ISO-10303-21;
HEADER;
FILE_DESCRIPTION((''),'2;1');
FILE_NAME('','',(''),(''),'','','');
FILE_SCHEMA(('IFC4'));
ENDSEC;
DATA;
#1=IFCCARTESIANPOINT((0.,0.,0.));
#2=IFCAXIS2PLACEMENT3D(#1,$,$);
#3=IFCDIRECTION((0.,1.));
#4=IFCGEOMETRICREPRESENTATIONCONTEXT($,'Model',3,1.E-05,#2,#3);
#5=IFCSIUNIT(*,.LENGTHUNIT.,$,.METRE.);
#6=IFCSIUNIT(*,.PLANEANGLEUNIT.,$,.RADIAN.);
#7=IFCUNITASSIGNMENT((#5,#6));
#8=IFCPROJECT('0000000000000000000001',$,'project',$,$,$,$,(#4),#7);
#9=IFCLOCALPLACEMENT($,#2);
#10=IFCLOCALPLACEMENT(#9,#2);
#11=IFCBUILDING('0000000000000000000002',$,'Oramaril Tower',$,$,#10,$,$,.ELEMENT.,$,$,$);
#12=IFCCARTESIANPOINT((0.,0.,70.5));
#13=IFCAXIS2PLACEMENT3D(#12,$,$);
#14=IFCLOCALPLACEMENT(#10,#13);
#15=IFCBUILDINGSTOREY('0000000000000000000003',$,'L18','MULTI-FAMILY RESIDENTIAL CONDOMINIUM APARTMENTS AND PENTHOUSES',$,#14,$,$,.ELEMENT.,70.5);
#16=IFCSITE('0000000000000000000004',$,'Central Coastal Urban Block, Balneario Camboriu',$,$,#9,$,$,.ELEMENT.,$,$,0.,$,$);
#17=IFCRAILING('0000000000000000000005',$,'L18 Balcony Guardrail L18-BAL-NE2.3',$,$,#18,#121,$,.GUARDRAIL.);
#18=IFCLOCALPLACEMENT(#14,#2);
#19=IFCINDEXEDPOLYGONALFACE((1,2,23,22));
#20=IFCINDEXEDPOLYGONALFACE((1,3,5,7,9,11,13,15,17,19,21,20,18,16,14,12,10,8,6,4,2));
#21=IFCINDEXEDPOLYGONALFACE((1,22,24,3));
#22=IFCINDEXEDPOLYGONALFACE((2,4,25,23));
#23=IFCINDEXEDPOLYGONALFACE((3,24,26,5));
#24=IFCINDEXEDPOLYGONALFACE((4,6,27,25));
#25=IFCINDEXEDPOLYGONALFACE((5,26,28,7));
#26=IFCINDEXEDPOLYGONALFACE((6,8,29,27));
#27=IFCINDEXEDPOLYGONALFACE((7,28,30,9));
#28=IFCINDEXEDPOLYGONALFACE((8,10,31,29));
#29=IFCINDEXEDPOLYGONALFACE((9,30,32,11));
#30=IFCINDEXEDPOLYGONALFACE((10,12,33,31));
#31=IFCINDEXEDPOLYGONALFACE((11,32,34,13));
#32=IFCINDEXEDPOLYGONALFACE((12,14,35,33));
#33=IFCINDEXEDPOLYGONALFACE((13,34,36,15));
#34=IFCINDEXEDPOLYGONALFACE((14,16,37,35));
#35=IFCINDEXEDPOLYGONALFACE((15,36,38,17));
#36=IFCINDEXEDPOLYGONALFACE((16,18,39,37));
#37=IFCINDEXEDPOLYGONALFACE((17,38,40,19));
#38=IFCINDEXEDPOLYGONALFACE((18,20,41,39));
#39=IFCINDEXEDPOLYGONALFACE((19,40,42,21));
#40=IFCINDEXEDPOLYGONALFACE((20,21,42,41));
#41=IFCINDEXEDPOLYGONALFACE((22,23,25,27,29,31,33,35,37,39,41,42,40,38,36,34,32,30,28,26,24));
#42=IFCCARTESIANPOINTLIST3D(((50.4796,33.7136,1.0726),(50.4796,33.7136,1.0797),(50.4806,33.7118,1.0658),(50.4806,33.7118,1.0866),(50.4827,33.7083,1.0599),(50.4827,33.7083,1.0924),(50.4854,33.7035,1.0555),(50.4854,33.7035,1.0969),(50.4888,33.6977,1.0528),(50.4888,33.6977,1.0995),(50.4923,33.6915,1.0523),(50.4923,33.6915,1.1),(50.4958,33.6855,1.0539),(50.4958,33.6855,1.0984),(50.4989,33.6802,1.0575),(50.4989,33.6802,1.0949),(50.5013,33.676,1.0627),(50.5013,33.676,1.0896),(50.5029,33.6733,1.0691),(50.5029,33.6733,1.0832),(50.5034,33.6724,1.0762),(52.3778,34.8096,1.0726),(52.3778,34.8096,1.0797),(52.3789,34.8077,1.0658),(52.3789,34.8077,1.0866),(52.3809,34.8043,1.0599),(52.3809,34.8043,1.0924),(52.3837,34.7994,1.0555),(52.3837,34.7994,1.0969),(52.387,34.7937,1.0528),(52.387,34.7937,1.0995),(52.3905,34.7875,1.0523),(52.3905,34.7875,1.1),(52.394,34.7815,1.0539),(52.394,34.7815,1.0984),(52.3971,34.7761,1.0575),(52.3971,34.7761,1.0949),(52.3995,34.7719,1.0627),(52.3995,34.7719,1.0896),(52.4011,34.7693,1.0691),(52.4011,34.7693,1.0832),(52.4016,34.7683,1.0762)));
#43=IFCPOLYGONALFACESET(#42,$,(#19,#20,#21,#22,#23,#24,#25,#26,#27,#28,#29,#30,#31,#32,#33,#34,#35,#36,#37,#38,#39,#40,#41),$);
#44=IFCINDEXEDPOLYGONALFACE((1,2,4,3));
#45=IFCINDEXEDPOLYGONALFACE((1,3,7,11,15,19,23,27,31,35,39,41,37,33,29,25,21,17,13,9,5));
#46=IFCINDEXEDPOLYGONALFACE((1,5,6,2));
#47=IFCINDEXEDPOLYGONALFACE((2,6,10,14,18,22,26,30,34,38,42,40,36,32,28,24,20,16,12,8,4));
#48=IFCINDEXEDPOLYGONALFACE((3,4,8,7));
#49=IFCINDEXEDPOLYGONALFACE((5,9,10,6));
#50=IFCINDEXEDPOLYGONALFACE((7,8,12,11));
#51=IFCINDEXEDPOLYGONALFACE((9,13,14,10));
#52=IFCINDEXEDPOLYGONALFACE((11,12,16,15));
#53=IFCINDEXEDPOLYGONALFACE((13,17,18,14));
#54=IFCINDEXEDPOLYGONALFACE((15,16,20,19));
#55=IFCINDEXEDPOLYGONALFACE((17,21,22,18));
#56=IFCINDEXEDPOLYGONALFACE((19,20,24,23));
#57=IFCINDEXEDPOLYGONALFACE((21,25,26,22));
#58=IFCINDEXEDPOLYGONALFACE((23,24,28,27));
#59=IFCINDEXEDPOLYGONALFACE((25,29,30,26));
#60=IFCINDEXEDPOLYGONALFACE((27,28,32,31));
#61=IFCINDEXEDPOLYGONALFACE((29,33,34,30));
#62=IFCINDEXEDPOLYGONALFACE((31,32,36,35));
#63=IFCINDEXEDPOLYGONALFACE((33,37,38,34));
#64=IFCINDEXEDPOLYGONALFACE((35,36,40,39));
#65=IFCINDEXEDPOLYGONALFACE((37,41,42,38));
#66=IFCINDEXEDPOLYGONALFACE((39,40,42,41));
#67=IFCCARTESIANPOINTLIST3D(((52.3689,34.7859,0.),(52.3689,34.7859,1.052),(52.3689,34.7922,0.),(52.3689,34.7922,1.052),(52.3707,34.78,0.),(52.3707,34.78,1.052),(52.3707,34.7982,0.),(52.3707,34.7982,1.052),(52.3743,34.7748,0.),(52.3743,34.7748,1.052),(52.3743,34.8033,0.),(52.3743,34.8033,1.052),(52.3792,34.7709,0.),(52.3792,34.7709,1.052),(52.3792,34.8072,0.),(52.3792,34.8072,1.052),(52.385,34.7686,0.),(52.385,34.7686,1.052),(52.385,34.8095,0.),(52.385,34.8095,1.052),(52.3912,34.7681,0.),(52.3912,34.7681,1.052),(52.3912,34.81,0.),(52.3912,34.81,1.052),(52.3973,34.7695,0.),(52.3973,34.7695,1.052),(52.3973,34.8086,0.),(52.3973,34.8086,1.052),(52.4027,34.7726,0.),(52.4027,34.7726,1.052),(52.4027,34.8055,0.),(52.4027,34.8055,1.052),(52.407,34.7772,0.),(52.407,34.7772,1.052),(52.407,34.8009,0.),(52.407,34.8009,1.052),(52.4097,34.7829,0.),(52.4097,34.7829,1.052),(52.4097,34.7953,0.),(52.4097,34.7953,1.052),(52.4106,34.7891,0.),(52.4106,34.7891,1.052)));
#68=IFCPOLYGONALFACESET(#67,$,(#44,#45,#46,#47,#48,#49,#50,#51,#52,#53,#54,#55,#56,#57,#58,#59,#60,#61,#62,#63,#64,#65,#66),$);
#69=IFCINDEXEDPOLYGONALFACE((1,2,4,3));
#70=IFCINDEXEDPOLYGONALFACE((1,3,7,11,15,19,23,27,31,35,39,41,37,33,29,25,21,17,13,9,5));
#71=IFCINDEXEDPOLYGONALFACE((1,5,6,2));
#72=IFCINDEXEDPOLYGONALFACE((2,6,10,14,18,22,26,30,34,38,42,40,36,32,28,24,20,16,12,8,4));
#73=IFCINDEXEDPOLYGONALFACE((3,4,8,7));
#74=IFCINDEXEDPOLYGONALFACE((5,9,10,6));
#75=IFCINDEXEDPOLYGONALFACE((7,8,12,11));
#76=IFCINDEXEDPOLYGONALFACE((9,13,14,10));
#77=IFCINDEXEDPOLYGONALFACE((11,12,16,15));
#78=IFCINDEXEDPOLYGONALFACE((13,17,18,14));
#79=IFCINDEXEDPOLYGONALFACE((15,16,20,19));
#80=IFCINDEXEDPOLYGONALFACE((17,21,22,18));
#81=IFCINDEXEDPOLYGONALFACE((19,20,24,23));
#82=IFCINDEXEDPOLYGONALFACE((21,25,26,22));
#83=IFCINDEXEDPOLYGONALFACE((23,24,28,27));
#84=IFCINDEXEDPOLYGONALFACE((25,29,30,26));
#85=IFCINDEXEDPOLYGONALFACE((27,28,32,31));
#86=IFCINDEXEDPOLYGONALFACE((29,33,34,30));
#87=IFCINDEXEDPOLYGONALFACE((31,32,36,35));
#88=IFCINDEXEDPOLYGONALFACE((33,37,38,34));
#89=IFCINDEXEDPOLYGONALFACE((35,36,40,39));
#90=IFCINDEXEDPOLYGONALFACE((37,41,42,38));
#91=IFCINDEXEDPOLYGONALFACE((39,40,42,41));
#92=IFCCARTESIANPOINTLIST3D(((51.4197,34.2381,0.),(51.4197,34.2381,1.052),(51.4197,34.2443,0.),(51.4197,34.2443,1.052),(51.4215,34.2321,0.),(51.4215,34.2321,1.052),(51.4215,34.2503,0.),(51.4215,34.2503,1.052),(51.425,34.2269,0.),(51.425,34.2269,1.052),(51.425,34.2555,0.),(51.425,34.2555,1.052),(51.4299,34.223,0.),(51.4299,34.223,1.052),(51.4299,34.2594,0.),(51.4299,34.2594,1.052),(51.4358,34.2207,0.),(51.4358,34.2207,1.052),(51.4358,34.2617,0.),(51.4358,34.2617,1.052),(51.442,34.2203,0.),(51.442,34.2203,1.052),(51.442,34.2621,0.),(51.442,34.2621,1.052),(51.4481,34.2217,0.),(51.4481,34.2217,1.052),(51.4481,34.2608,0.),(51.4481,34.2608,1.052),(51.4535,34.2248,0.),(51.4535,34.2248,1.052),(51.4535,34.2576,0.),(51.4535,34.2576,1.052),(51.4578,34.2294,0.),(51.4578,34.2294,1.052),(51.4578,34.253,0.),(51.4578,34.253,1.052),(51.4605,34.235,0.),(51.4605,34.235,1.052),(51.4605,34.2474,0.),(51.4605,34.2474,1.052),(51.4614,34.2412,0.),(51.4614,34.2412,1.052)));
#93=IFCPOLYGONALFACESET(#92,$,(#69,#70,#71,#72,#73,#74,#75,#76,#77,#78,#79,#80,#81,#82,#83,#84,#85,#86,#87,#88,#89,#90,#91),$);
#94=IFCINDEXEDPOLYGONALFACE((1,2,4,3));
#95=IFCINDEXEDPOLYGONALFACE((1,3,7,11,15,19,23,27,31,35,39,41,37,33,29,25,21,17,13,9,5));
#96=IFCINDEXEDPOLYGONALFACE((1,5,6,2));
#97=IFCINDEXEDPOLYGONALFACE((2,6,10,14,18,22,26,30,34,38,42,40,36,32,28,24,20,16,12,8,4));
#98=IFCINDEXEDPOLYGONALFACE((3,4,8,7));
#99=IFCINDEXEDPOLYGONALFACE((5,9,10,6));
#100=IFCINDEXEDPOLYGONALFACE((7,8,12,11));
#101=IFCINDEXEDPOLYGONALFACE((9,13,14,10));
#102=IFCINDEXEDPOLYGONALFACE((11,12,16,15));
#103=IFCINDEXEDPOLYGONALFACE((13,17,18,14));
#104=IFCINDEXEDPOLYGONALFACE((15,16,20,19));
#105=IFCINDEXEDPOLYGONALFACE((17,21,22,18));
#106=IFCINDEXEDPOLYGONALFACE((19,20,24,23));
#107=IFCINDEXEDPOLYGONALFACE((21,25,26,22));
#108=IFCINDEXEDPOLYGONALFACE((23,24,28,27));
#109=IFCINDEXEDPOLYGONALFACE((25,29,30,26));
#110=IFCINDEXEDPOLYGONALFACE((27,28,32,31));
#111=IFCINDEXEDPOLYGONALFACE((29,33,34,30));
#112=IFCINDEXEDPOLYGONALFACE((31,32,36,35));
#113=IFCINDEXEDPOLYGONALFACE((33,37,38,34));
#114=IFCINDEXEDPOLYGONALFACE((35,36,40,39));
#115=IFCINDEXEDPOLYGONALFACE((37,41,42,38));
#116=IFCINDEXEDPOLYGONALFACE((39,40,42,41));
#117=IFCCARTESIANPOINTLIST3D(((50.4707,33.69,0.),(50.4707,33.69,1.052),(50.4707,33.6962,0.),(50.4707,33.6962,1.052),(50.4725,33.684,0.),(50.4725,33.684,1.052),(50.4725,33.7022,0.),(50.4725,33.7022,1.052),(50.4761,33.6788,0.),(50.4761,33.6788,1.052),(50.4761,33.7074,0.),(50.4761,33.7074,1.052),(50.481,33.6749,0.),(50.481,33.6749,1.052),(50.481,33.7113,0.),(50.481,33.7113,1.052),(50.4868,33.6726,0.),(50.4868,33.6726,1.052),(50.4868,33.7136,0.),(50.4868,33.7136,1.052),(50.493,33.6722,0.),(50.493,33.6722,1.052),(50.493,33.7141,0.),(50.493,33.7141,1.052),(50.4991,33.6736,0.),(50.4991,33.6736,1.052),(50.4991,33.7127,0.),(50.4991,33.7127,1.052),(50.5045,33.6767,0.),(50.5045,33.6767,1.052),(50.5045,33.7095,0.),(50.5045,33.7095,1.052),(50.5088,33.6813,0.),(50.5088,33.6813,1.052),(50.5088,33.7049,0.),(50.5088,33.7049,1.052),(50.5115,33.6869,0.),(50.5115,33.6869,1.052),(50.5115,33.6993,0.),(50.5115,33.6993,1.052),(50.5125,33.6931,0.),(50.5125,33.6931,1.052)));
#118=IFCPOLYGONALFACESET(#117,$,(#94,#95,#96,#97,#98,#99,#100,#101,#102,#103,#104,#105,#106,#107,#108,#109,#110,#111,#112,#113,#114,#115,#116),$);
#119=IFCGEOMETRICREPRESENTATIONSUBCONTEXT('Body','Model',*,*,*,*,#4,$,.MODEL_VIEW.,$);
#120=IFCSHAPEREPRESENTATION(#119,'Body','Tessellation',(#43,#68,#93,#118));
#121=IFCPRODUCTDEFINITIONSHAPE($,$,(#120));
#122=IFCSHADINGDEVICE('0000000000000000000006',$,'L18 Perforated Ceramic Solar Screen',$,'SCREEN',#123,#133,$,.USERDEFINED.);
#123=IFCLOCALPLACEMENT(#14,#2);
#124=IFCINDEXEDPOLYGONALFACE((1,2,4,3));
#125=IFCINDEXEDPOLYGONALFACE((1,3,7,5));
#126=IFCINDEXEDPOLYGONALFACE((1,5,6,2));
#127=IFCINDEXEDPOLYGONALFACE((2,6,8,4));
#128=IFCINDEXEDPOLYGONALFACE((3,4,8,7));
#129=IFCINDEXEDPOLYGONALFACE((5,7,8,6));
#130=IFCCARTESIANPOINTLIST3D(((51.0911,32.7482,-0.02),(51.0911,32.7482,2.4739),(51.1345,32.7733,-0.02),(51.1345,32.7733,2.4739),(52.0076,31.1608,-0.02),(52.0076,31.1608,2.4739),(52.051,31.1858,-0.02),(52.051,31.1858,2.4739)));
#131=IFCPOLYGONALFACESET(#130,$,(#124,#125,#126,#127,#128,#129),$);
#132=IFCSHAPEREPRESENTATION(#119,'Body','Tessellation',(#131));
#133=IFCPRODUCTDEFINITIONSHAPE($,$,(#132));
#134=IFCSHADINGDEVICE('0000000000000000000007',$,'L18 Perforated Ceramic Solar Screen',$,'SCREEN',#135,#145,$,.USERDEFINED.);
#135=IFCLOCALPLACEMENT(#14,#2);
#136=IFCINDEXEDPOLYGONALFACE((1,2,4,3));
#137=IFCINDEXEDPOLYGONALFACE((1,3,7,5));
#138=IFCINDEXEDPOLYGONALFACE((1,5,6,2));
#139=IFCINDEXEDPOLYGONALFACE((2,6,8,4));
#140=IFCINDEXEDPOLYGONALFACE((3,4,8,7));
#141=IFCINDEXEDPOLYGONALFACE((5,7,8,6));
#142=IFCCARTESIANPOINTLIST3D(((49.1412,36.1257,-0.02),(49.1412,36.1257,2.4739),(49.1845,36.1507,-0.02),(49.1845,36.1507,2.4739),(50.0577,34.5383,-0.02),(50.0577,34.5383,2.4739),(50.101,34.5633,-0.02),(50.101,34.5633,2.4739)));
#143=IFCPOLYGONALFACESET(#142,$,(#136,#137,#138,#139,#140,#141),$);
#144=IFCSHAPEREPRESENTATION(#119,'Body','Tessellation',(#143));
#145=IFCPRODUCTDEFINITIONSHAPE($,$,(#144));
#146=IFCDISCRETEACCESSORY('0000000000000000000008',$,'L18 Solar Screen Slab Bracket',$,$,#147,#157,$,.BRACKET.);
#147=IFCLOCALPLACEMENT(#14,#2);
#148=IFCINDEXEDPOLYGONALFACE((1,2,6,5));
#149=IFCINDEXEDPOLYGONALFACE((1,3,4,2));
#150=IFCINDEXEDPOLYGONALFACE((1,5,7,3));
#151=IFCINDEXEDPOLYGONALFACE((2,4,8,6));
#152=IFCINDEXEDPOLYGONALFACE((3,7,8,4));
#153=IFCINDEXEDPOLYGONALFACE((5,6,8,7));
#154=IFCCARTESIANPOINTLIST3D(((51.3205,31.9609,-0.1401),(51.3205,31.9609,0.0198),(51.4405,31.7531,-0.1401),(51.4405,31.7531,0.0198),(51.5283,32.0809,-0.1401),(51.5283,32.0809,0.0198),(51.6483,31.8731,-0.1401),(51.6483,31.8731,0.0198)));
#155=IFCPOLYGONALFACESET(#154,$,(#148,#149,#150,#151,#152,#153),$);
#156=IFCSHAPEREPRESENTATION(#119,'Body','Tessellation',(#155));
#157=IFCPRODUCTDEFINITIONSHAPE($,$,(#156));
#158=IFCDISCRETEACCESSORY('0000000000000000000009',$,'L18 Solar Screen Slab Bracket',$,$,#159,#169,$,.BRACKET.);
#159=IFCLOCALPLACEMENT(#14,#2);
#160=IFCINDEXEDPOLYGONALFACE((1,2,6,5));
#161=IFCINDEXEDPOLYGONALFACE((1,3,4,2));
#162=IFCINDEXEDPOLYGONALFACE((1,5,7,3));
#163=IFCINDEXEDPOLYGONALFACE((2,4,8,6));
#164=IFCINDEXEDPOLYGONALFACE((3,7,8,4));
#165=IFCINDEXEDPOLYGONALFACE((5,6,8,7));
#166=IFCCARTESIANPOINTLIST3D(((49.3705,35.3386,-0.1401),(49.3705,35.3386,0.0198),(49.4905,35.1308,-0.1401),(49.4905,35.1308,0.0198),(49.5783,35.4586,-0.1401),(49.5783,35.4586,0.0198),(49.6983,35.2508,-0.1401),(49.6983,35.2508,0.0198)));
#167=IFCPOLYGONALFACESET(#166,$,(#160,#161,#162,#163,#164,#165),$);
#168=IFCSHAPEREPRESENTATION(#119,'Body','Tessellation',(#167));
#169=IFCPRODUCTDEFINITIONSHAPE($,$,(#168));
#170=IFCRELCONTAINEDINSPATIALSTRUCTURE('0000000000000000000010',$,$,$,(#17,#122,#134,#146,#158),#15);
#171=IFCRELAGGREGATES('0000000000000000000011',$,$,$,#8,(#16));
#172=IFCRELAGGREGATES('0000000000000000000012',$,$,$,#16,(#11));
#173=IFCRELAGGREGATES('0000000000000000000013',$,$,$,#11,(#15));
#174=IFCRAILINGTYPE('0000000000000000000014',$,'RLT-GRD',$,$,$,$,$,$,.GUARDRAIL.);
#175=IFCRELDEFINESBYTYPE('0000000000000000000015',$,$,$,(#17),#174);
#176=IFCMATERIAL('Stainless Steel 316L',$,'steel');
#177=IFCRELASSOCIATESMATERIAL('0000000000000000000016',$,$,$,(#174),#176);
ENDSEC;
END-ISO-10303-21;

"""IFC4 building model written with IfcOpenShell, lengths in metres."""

from ifc_helpers import new_model, si_unit, direction, frame, origin, origin_2d, place, context, subcontext, project, spatial, rectangle, circle, extrude, material, type_object, element, save


model = new_model("IFC4")

# Units and contexts
model_context = context("Model", 3, precision=1e-05, world=origin(), true_north=direction((0.0, 1.0)))
body_context = subcontext(model_context, "Body", "Model", "MODEL_VIEW")
ifc_project = project(units=[si_unit("LENGTHUNIT", "METRE"), si_unit("PLANEANGLEUNIT", "RADIAN")], contexts=[model_context])

# Site, building, storey
site_placement = place(None, origin())
site = spatial("IfcSite", under=ifc_project, at=site_placement, Name="Central Coastal Urban Block, Balneario Camboriu", CompositionType="ELEMENT", RefElevation=0.0)
building_placement = place(site_placement, origin())
building = spatial("IfcBuilding", under=site, at=building_placement, Name="Oramaril Tower", CompositionType="ELEMENT")
storey_placement = place(building_placement, frame((0.0, 0.0, 70.5)))
storey = spatial("IfcBuildingStorey", under=building, at=storey_placement, Name="L18", Description="MULTI-FAMILY RESIDENTIAL CONDOMINIUM APARTMENTS AND PENTHOUSES", CompositionType="ELEMENT", Elevation=70.5)

# Railing
ifc_material_1 = material(Name="Stainless Steel 316L", Category="steel")
railing_type = type_object("IfcRailingType", Name="RLT-GRD", PredefinedType="GUARDRAIL", material=ifc_material_1)
railing_1_placement = place(storey_placement, frame((52.3896, 34.7891, 0.0)))
element("IfcRailing", 1, at=railing_1_placement, inside=storey, type_object=railing_type, Name="L18 Balcony Guardrail L18-BAL-NE2.3", PredefinedType="GUARDRAIL", context=body_context, shape_type="SweptSolid", body=[
    extrude(circle(Radius=0.0239, at=origin_2d()), frame((0.0, 0.0, 1.0762), z_axis=(-0.866021, -0.500008, 0.0), x_axis=(0.500008, -0.866021, 0.0)), (0.0, 0.0, 1.0), 2.1919),
    extrude(circle(Radius=0.021, at=origin_2d()), origin(), (0.0, 0.0, 1.0), 1.052),
    extrude(circle(Radius=0.021, at=origin_2d()), frame((-0.9492, -0.5479, 0.0)), (0.0, 0.0, 1.0), 1.052),
    extrude(circle(Radius=0.021, at=origin_2d()), frame((-1.8982, -1.0959, 0.0)), (0.0, 0.0, 1.0), 1.052),
])

# Shading devices
for number, where, z_axis, x_axis, name in (
    (2, (51.571, 31.967, -0.02), (0.0, 0.0, 1.0), (-0.5, 0.866025, 0.0), "L18 Perforated Ceramic Solar Screen"),
    (3, (49.6211, 35.3445, -0.02), (0.0, 0.0, 1.0), (-0.5, 0.866025, 0.0), "L18 Perforated Ceramic Solar Screen"),
):
    element("IfcShadingDevice", number, at=place(storey_placement, frame(where, z_axis=z_axis, x_axis=x_axis)), inside=storey, Name=name, ObjectType="SCREEN", PredefinedType="USERDEFINED", context=body_context, shape_type="SweptSolid", body=[
        extrude(rectangle(XDim=1.833, YDim=0.05, at=origin_2d()), origin(), (0.0, 0.0, 1.0), 2.4939),
    ])

# Discrete accessories
for number, where, z_axis, x_axis, name in (
    (4, (51.4844, 31.917, -0.1401), (0.0, 0.0, 1.0), (-0.5, 0.866025, 0.0), "L18 Solar Screen Slab Bracket"),
    (5, (49.5344, 35.2947, -0.1401), (0.0, 0.0, 1.0), (-0.5, 0.866025, 0.0), "L18 Solar Screen Slab Bracket"),
):
    element("IfcDiscreteAccessory", number, at=place(storey_placement, frame(where, z_axis=z_axis, x_axis=x_axis)), inside=storey, Name=name, PredefinedType="BRACKET", context=body_context, shape_type="SweptSolid", body=[
        extrude(rectangle(XDim=0.24, YDim=0.24, at=origin_2d()), origin(), (0.0, 0.0, 1.0), 0.1599),
    ])

save(model, "model.ifc")
